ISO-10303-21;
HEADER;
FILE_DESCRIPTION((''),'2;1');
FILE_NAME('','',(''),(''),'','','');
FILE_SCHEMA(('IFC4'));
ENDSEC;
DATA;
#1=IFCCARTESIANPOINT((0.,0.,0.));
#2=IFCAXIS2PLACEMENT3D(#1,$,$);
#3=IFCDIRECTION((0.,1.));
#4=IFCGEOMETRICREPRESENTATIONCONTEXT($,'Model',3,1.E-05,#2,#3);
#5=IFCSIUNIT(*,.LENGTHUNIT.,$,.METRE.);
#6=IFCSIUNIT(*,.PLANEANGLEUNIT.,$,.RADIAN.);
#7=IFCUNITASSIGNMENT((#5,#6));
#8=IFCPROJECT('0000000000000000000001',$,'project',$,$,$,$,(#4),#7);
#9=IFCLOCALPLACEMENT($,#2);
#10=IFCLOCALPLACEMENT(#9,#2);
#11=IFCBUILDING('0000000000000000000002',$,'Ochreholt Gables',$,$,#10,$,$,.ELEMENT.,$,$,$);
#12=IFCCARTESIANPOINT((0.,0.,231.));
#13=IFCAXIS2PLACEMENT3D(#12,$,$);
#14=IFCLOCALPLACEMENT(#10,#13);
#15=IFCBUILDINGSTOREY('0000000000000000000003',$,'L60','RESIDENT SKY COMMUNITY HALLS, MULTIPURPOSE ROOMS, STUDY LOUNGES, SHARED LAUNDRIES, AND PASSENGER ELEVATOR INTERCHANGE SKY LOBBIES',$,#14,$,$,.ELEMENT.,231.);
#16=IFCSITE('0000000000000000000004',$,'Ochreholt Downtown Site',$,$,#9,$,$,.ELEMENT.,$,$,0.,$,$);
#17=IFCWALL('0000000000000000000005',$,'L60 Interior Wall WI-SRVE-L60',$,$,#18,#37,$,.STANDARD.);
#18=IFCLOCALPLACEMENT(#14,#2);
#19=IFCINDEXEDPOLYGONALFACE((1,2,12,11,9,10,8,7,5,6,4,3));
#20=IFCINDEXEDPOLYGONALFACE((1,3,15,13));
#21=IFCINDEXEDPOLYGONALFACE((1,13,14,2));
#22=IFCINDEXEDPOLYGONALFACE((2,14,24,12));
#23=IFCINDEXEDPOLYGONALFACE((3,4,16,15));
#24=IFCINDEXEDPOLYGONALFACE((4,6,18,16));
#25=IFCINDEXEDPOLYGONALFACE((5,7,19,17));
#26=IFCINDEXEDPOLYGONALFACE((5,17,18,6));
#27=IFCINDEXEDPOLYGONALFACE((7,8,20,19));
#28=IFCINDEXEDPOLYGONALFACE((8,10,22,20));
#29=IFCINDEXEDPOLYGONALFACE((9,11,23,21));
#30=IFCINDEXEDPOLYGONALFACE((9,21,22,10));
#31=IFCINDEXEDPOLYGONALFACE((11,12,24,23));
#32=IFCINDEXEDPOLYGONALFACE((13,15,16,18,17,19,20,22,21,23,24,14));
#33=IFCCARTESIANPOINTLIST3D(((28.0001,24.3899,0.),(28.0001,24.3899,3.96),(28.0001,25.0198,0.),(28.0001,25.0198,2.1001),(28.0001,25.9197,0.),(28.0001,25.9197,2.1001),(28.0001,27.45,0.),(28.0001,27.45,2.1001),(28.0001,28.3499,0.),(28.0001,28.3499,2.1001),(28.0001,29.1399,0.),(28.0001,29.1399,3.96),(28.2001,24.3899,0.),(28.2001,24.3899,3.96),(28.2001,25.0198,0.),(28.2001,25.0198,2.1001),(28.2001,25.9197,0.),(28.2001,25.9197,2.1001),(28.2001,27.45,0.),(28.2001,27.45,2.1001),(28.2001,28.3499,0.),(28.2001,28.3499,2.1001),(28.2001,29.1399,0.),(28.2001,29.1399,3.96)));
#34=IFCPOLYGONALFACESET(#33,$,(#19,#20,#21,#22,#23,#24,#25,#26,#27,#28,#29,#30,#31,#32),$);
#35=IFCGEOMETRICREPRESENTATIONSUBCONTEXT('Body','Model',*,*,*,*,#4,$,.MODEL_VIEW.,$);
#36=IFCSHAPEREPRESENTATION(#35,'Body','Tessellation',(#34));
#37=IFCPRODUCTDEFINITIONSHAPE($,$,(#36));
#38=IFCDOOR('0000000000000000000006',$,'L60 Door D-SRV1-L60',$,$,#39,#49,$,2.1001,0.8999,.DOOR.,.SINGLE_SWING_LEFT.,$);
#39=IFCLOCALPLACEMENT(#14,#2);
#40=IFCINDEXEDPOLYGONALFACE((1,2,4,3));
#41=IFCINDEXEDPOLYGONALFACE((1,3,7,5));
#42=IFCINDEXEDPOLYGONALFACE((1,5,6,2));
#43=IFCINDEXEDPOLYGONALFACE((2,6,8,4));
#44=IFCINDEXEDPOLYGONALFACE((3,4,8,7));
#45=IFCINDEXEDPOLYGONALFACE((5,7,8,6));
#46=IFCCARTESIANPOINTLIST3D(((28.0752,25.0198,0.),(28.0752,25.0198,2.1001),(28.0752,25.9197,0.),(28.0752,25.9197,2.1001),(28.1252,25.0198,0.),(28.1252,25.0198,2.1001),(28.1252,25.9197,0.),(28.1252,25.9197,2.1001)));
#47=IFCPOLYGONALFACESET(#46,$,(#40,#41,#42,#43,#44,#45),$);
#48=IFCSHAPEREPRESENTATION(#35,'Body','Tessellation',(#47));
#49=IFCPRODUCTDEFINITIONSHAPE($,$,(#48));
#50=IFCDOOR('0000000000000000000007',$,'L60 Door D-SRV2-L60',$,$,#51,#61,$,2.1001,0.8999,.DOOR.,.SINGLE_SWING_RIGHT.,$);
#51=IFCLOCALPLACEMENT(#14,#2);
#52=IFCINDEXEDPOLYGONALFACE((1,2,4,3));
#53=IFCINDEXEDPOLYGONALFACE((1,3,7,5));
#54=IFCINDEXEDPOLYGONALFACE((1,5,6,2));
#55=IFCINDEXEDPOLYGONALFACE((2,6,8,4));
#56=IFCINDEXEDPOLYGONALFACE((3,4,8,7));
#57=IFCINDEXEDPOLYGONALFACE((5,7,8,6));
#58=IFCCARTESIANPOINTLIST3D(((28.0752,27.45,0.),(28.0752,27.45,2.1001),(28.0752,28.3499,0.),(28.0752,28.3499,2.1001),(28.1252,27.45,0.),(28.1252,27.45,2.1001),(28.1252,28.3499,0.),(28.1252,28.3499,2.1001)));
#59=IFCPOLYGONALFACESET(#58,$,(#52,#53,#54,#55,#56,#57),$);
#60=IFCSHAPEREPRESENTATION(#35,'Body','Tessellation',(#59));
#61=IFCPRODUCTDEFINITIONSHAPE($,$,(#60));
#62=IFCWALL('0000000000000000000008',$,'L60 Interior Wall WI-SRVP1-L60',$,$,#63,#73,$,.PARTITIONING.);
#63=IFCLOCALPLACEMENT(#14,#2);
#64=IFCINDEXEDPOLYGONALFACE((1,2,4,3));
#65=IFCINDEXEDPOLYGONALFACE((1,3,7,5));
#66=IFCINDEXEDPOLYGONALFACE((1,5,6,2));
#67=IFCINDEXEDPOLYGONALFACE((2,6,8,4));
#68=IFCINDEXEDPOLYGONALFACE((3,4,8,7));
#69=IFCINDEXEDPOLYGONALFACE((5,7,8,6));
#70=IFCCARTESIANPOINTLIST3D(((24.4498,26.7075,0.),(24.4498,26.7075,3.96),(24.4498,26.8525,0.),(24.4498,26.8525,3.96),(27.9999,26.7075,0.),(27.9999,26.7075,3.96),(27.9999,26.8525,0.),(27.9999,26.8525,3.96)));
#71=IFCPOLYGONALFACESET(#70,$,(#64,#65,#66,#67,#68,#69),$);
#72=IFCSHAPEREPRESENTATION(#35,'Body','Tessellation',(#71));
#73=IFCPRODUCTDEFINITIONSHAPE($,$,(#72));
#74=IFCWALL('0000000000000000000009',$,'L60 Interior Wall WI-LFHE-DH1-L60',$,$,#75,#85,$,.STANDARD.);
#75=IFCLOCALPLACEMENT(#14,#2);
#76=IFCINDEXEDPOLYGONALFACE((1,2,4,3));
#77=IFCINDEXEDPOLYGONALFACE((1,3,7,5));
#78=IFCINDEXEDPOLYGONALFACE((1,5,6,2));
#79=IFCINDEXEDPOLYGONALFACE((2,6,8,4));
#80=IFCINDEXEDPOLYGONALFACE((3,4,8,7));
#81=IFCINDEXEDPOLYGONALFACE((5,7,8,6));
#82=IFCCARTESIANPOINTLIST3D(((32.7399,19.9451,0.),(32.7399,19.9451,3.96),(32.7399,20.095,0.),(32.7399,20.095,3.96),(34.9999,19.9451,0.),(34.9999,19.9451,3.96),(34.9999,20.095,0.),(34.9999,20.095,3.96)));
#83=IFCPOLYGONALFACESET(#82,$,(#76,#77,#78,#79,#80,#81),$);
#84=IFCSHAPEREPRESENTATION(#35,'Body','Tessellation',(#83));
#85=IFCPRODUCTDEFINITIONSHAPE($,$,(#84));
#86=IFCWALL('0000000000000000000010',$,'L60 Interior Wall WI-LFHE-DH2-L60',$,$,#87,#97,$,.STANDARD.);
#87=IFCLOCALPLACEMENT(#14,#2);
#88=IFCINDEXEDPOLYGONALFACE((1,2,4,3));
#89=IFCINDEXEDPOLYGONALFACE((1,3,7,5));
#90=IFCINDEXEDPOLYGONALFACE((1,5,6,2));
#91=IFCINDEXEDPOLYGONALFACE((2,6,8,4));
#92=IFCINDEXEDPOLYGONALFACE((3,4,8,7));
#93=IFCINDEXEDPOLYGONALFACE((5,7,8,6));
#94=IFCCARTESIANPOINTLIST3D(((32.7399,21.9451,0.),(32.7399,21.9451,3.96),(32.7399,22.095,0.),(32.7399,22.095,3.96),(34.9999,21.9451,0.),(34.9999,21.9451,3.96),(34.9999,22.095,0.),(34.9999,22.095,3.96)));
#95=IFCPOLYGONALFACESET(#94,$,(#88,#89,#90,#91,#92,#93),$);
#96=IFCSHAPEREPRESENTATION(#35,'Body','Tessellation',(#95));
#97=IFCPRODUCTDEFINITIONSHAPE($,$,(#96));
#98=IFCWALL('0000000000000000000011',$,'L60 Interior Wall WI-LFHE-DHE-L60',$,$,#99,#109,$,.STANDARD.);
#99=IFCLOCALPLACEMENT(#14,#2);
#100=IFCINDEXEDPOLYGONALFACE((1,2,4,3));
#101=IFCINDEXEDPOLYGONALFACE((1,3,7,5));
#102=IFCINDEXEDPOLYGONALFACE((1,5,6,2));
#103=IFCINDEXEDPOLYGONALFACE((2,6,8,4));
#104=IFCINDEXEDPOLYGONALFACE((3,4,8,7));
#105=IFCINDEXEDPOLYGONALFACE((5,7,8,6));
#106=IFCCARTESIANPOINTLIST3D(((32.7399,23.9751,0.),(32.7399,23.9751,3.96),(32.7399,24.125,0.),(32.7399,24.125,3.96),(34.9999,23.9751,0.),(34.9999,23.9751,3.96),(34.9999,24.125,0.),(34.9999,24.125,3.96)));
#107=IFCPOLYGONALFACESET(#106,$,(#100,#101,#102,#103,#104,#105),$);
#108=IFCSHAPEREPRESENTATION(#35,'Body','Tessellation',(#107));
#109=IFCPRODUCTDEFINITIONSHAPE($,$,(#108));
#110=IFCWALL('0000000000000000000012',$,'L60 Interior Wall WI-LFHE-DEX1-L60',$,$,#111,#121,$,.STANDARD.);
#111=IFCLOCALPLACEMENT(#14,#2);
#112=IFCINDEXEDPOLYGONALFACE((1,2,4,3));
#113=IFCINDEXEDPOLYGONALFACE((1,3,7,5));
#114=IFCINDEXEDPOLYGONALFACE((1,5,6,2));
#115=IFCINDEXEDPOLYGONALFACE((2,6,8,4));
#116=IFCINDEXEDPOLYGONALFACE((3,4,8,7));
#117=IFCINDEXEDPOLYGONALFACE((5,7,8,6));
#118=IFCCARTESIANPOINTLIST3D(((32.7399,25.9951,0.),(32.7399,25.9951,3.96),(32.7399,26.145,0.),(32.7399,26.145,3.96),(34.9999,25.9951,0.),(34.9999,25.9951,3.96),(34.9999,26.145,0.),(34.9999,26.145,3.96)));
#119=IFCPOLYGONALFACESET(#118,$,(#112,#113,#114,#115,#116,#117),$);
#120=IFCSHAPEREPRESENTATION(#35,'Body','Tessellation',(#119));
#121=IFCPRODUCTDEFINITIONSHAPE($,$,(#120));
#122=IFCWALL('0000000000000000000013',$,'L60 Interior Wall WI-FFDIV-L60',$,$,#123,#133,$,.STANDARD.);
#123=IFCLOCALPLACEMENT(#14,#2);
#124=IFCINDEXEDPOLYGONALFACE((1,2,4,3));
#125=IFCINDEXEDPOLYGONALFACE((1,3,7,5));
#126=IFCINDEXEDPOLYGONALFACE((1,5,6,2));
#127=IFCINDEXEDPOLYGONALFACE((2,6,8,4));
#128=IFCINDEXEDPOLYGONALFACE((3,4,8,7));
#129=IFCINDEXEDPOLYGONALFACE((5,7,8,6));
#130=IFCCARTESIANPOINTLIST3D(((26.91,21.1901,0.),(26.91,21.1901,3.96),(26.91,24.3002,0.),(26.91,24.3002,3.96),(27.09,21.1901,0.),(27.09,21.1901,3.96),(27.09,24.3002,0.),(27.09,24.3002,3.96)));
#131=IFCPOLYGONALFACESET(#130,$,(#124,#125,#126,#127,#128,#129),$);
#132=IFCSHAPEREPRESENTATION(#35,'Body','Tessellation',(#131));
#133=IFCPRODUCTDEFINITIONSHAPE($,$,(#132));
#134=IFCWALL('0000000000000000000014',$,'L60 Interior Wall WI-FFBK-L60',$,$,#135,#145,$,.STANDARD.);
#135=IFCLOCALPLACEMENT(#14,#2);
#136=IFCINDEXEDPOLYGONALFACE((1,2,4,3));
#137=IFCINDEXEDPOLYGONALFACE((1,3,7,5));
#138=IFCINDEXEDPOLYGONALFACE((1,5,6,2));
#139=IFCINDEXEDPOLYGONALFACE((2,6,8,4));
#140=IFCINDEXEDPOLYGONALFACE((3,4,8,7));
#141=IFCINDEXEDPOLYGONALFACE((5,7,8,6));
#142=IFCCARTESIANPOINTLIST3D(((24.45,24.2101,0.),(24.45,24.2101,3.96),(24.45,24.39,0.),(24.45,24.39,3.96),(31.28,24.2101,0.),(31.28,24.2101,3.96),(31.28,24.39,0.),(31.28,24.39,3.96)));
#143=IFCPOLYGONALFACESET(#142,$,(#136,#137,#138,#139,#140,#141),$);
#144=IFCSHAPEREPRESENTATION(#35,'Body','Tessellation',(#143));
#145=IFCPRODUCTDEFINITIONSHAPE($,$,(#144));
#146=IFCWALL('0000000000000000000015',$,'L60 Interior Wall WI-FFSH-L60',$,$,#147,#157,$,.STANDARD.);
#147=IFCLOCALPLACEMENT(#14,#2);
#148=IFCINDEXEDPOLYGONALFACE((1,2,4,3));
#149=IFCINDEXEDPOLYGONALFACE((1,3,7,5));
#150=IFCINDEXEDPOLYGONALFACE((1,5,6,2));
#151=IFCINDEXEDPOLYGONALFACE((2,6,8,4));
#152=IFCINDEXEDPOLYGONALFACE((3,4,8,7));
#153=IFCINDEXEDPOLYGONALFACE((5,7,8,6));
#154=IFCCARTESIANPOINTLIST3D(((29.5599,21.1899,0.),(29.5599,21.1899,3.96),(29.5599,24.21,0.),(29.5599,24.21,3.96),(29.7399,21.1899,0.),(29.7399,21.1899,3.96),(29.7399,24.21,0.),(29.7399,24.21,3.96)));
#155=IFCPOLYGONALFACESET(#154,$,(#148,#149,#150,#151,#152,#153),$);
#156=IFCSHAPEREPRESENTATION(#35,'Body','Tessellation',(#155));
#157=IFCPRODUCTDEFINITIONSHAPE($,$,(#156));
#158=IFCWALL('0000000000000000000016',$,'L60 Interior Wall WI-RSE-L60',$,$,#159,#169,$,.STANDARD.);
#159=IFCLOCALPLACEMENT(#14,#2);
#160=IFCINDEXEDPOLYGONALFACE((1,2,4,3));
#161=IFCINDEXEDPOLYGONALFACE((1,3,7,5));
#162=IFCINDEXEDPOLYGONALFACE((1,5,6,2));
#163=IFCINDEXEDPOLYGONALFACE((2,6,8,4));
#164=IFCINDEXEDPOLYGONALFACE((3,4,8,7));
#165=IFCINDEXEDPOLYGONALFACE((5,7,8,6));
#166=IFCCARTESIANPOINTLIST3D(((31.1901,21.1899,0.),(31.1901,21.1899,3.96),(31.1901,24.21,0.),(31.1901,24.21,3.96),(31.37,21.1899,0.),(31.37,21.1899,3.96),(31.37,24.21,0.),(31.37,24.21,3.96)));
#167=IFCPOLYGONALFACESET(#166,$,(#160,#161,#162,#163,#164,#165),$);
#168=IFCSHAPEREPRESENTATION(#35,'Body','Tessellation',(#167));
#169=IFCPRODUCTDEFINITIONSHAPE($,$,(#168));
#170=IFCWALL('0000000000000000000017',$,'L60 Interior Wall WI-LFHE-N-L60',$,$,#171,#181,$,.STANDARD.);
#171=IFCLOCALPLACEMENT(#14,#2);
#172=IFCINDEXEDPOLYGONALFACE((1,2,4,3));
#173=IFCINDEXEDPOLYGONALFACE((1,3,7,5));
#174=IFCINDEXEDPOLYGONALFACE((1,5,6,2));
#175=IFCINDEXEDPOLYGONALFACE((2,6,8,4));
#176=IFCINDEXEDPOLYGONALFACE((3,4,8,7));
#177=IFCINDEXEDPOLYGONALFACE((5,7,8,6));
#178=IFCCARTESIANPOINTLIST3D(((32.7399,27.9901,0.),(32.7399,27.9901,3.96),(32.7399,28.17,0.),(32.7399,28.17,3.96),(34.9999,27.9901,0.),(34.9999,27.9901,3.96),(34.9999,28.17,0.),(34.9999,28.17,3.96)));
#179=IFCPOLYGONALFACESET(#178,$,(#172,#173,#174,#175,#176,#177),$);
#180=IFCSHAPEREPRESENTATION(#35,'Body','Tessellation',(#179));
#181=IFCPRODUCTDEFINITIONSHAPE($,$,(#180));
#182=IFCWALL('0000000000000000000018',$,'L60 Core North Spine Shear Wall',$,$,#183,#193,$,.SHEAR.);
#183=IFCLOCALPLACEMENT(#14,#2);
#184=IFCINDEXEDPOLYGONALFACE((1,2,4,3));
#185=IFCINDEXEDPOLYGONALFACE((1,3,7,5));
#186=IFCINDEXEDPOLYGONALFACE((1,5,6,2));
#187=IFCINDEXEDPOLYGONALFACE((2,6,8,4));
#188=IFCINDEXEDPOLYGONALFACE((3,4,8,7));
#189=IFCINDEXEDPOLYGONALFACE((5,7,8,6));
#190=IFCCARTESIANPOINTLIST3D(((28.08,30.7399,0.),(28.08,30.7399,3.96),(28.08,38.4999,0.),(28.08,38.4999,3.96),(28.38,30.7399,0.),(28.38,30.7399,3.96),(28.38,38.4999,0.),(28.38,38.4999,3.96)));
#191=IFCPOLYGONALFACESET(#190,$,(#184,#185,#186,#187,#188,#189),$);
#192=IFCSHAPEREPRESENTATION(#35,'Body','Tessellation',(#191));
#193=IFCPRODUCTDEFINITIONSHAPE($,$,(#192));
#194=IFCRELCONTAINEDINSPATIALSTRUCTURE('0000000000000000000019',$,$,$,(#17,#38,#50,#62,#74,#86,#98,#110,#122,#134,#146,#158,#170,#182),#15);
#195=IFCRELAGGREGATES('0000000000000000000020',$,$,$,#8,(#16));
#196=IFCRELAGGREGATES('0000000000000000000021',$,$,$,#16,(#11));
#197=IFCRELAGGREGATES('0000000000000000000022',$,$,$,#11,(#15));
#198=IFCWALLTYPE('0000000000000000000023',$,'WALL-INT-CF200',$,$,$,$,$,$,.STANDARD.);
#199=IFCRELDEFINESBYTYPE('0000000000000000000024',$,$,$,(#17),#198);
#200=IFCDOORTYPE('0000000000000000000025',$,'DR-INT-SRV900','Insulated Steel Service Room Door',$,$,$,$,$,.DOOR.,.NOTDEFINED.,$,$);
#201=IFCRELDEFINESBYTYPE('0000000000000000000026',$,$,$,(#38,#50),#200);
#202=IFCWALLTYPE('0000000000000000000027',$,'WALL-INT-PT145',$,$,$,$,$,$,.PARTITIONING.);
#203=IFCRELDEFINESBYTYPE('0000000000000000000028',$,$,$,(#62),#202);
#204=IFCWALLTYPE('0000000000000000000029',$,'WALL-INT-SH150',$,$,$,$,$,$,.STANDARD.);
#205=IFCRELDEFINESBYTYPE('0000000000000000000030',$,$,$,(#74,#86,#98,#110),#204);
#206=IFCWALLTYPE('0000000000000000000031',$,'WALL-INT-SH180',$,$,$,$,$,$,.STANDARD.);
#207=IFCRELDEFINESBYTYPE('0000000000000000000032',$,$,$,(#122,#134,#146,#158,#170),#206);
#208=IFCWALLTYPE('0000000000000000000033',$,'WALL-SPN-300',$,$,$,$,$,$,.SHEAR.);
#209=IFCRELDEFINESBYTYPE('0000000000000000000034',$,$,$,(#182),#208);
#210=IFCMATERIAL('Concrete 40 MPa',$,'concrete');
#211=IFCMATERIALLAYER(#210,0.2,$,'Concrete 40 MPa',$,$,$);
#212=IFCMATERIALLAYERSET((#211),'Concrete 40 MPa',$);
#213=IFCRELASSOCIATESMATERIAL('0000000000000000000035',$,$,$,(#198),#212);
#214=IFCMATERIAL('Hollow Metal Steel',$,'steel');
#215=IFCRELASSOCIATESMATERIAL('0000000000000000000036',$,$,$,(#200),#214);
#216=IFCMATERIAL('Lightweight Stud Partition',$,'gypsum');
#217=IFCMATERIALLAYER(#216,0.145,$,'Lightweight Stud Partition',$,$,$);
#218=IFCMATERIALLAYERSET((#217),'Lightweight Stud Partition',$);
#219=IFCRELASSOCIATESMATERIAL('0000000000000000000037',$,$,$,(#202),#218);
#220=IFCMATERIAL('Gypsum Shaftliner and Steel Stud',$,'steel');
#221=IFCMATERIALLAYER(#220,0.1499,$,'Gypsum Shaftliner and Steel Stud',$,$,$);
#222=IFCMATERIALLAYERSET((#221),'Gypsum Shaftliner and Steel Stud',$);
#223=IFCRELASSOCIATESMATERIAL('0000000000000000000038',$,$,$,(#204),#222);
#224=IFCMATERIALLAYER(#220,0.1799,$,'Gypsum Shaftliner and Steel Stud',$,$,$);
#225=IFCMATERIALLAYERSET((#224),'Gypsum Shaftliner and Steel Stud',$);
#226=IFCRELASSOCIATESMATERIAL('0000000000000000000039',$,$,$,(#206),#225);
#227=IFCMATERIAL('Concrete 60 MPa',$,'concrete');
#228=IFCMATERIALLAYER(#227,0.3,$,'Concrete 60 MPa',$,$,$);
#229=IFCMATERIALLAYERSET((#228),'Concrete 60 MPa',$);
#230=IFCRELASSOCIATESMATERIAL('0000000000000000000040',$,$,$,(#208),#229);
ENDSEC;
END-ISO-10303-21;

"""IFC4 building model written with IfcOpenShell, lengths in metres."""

from ifc_helpers import new_model, si_unit, direction, frame, frame_2d, origin, place, context, subcontext, project, spatial, rectangle, extrude, material, layer, layer_set, type_object, element, fill, save


model = new_model("IFC4")

# Units and contexts
model_context = context("Model", 3, precision=1e-05, world=origin(), true_north=direction((0.0, 1.0)))
body_context = subcontext(model_context, "Body", "Model", "MODEL_VIEW")
ifc_project = project(units=[si_unit("LENGTHUNIT", "METRE"), si_unit("PLANEANGLEUNIT", "RADIAN")], contexts=[model_context])

# Site, building, storey
site_placement = place(None, origin())
site = spatial("IfcSite", under=ifc_project, at=site_placement, Name="Ochreholt Downtown Site", CompositionType="ELEMENT", RefElevation=0.0)
building_placement = place(site_placement, origin())
building = spatial("IfcBuilding", under=site, at=building_placement, Name="Ochreholt Gables", CompositionType="ELEMENT")
storey_placement = place(building_placement, frame((0.0, 0.0, 231.0)))
storey = spatial("IfcBuildingStorey", under=building, at=storey_placement, Name="L60", Description="RESIDENT SKY COMMUNITY HALLS, MULTIPURPOSE ROOMS, STUDY LOUNGES, SHARED LAUNDRIES, AND PASSENGER ELEVATOR INTERCHANGE SKY LOBBIES", CompositionType="ELEMENT", Elevation=231.0)

# Shared definitions
ifc_material_1 = material(Name="Concrete 40 MPa", Category="concrete")
ifc_layer_1 = layer(ifc_material_1, 0.2, Name="Concrete 40 MPa")
ifc_layer_set_1 = layer_set([ifc_layer_1], Name="Concrete 40 MPa")
wall_type_1 = type_object("IfcWallType", Name="WALL-INT-CF200", PredefinedType="STANDARD", material=ifc_layer_set_1)

# Wall, openings, doors
wall_1_placement = place(storey_placement, frame((28.1001, 24.3899, 0.0), z_axis=(0.0, 0.0, 1.0), x_axis=(0.0, 1.0, 0.0)))
wall_1 = element("IfcWall", 1, at=wall_1_placement, inside=storey, type_object=wall_type_1, Name="L60 Interior Wall WI-SRVE-L60", PredefinedType="STANDARD", context=body_context, shape_type="SweptSolid", body=[
    extrude(rectangle(XDim=4.75, YDim=0.2, at=frame_2d((2.375, 0.0))), origin(), (0.0, 0.0, 1.0), 3.96),
])
opening_1_placement = place(wall_1_placement, frame((0.6299, 0.0, 0.0)))
opening_1 = element("IfcOpeningElement", 2, at=opening_1_placement, cuts=wall_1, PredefinedType="OPENING", context=body_context, shape_type="SweptSolid", body=[
    extrude(rectangle(XDim=0.8999, YDim=2.1001, at=frame_2d((0.45, 1.05))), frame((0.0, 0.1099, 0.0), z_axis=(0.0, -1.0, 0.0), x_axis=(1.0, 0.0, 0.0)), (0.0, 0.0, 1.0), 0.22),
])
opening_2_placement = place(wall_1_placement, frame((3.0601, 0.0, 0.0)))
opening_2 = element("IfcOpeningElement", 3, at=opening_2_placement, cuts=wall_1, PredefinedType="OPENING", context=body_context, shape_type="SweptSolid", body=[
    extrude(rectangle(XDim=0.8999, YDim=2.1001, at=frame_2d((0.45, 1.05))), frame((0.0, 0.1099, 0.0), z_axis=(0.0, -1.0, 0.0), x_axis=(1.0, 0.0, 0.0)), (0.0, 0.0, 1.0), 0.22),
])
ifc_material_2 = material(Name="Hollow Metal Steel", Category="steel")
door_type_1 = type_object("IfcDoorType", Name="DR-INT-SRV900", Description="Insulated Steel Service Room Door", OperationType="NOTDEFINED", PredefinedType="DOOR", material=ifc_material_2)
door_1_placement = place(opening_1_placement, origin())
door_1 = element("IfcDoor", 4, at=door_1_placement, inside=storey, type_object=door_type_1, Name="L60 Door D-SRV1-L60", OperationType="SINGLE_SWING_LEFT", OverallHeight=2.1001, OverallWidth=0.8999, PredefinedType="DOOR", context=body_context, shape_type="SweptSolid", body=[
    extrude(rectangle(XDim=0.8999, YDim=2.1001, at=frame_2d((0.45, 1.05))), frame((0.0, 0.0249, 0.0), z_axis=(0.0, -1.0, 0.0), x_axis=(1.0, 0.0, 0.0)), (0.0, 0.0, 1.0), 0.05),
])
fill(opening_1, door_1)
door_2_placement = place(opening_2_placement, origin())
door_2 = element("IfcDoor", 5, at=door_2_placement, inside=storey, type_object=door_type_1, Name="L60 Door D-SRV2-L60", OperationType="SINGLE_SWING_RIGHT", OverallHeight=2.1001, OverallWidth=0.8999, PredefinedType="DOOR", context=body_context, shape_type="SweptSolid", body=[
    extrude(rectangle(XDim=0.8999, YDim=2.1001, at=frame_2d((0.45, 1.05))), frame((0.0, 0.0249, 0.0), z_axis=(0.0, -1.0, 0.0), x_axis=(1.0, 0.0, 0.0)), (0.0, 0.0, 1.0), 0.05),
])
fill(opening_2, door_2)

# Walls
ifc_material_3 = material(Name="Lightweight Stud Partition", Category="gypsum")
ifc_layer_2 = layer(ifc_material_3, 0.145, Name="Lightweight Stud Partition")
ifc_layer_set_2 = layer_set([ifc_layer_2], Name="Lightweight Stud Partition")
wall_type_2 = type_object("IfcWallType", Name="WALL-INT-PT145", PredefinedType="PARTITIONING", material=ifc_layer_set_2)
wall_2_placement = place(storey_placement, frame((24.45, 26.78, 0.0), z_axis=(0.0, 0.0, 1.0), x_axis=(1.0, 0.0, 0.0)))
element("IfcWall", 6, at=wall_2_placement, inside=storey, type_object=wall_type_2, Name="L60 Interior Wall WI-SRVP1-L60", PredefinedType="PARTITIONING", context=body_context, shape_type="SweptSolid", body=[
    extrude(rectangle(XDim=3.55, YDim=0.145, at=frame_2d((1.7749, 0.0))), origin(), (0.0, 0.0, 1.0), 3.96),
])
ifc_material_4 = material(Name="Gypsum Shaftliner and Steel Stud", Category="steel")
ifc_layer_3 = layer(ifc_material_4, 0.1499, Name="Gypsum Shaftliner and Steel Stud")
ifc_layer_set_3 = layer_set([ifc_layer_3], Name="Gypsum Shaftliner and Steel Stud")
wall_type_3 = type_object("IfcWallType", Name="WALL-INT-SH150", PredefinedType="STANDARD", material=ifc_layer_set_3)
for number, where, z_axis, x_axis, name in (
    (7, (32.74, 20.02, 0.0), (0.0, 0.0, 1.0), (1.0, 0.0, 0.0), "L60 Interior Wall WI-LFHE-DH1-L60"),
    (8, (32.74, 22.02, 0.0), (0.0, 0.0, 1.0), (1.0, 0.0, 0.0), "L60 Interior Wall WI-LFHE-DH2-L60"),
    (9, (32.74, 24.05, 0.0), (0.0, 0.0, 1.0), (1.0, 0.0, 0.0), "L60 Interior Wall WI-LFHE-DHE-L60"),
    (10, (32.74, 26.0701, 0.0), (0.0, 0.0, 1.0), (1.0, 0.0, 0.0), "L60 Interior Wall WI-LFHE-DEX1-L60"),
):
    element("IfcWall", number, at=place(storey_placement, frame(where, z_axis=z_axis, x_axis=x_axis)), inside=storey, type_object=wall_type_3, Name=name, PredefinedType="STANDARD", context=body_context, shape_type="SweptSolid", body=[
        extrude(rectangle(XDim=2.26, YDim=0.1499, at=frame_2d((1.1299, 0.0))), origin(), (0.0, 0.0, 1.0), 3.96),
    ])
ifc_layer_4 = layer(ifc_material_4, 0.1799, Name="Gypsum Shaftliner and Steel Stud")
ifc_layer_set_4 = layer_set([ifc_layer_4], Name="Gypsum Shaftliner and Steel Stud")
wall_type_4 = type_object("IfcWallType", Name="WALL-INT-SH180", PredefinedType="STANDARD", material=ifc_layer_set_4)
wall_3_placement = place(storey_placement, frame((27.0, 21.1899, 0.0), z_axis=(0.0, 0.0, 1.0), x_axis=(0.0, 1.0, 0.0)))
element("IfcWall", 11, at=wall_3_placement, inside=storey, type_object=wall_type_4, Name="L60 Interior Wall WI-FFDIV-L60", PredefinedType="STANDARD", context=body_context, shape_type="SweptSolid", body=[
    extrude(rectangle(XDim=3.1101, YDim=0.1799, at=frame_2d((1.5552, 0.0))), origin(), (0.0, 0.0, 1.0), 3.96),
])
wall_4_placement = place(storey_placement, frame((24.45, 24.3, 0.0), z_axis=(0.0, 0.0, 1.0), x_axis=(1.0, 0.0, 0.0)))
element("IfcWall", 12, at=wall_4_placement, inside=storey, type_object=wall_type_4, Name="L60 Interior Wall WI-FFBK-L60", PredefinedType="STANDARD", context=body_context, shape_type="SweptSolid", body=[
    extrude(rectangle(XDim=6.8301, YDim=0.1799, at=frame_2d((3.415, 0.0))), origin(), (0.0, 0.0, 1.0), 3.96),
])
for number, where, z_axis, x_axis, name in (
    (13, (29.6499, 21.1899, 0.0), (0.0, 0.0, 1.0), (0.0, 1.0, 0.0), "L60 Interior Wall WI-FFSH-L60"),
    (14, (31.28, 21.1899, 0.0), (0.0, 0.0, 1.0), (0.0, 1.0, 0.0), "L60 Interior Wall WI-RSE-L60"),
):
    element("IfcWall", number, at=place(storey_placement, frame(where, z_axis=z_axis, x_axis=x_axis)), inside=storey, type_object=wall_type_4, Name=name, PredefinedType="STANDARD", context=body_context, shape_type="SweptSolid", body=[
        extrude(rectangle(XDim=3.02, YDim=0.1799, at=frame_2d((1.51, 0.0))), origin(), (0.0, 0.0, 1.0), 3.96),
    ])
wall_5_placement = place(storey_placement, frame((32.74, 28.0801, 0.0), z_axis=(0.0, 0.0, 1.0), x_axis=(1.0, 0.0, 0.0)))
element("IfcWall", 15, at=wall_5_placement, inside=storey, type_object=wall_type_4, Name="L60 Interior Wall WI-LFHE-N-L60", PredefinedType="STANDARD", context=body_context, shape_type="SweptSolid", body=[
    extrude(rectangle(XDim=2.26, YDim=0.1799, at=frame_2d((1.1299, 0.0))), origin(), (0.0, 0.0, 1.0), 3.96),
])
ifc_material_5 = material(Name="Concrete 60 MPa", Category="concrete")
ifc_layer_5 = layer(ifc_material_5, 0.3, Name="Concrete 60 MPa")
ifc_layer_set_5 = layer_set([ifc_layer_5], Name="Concrete 60 MPa")
wall_type_5 = type_object("IfcWallType", Name="WALL-SPN-300", PredefinedType="SHEAR", material=ifc_layer_set_5)
wall_6_placement = place(storey_placement, frame((28.23, 30.74, 0.0), z_axis=(0.0, 0.0, 1.0), x_axis=(0.0, 1.0, 0.0)))
element("IfcWall", 16, at=wall_6_placement, inside=storey, type_object=wall_type_5, Name="L60 Core North Spine Shear Wall", PredefinedType="SHEAR", context=body_context, shape_type="SweptSolid", body=[
    extrude(rectangle(XDim=7.76, YDim=0.3, at=frame_2d((3.8799, 0.0))), origin(), (0.0, 0.0, 1.0), 3.96),
])

save(model, "model.ifc")
